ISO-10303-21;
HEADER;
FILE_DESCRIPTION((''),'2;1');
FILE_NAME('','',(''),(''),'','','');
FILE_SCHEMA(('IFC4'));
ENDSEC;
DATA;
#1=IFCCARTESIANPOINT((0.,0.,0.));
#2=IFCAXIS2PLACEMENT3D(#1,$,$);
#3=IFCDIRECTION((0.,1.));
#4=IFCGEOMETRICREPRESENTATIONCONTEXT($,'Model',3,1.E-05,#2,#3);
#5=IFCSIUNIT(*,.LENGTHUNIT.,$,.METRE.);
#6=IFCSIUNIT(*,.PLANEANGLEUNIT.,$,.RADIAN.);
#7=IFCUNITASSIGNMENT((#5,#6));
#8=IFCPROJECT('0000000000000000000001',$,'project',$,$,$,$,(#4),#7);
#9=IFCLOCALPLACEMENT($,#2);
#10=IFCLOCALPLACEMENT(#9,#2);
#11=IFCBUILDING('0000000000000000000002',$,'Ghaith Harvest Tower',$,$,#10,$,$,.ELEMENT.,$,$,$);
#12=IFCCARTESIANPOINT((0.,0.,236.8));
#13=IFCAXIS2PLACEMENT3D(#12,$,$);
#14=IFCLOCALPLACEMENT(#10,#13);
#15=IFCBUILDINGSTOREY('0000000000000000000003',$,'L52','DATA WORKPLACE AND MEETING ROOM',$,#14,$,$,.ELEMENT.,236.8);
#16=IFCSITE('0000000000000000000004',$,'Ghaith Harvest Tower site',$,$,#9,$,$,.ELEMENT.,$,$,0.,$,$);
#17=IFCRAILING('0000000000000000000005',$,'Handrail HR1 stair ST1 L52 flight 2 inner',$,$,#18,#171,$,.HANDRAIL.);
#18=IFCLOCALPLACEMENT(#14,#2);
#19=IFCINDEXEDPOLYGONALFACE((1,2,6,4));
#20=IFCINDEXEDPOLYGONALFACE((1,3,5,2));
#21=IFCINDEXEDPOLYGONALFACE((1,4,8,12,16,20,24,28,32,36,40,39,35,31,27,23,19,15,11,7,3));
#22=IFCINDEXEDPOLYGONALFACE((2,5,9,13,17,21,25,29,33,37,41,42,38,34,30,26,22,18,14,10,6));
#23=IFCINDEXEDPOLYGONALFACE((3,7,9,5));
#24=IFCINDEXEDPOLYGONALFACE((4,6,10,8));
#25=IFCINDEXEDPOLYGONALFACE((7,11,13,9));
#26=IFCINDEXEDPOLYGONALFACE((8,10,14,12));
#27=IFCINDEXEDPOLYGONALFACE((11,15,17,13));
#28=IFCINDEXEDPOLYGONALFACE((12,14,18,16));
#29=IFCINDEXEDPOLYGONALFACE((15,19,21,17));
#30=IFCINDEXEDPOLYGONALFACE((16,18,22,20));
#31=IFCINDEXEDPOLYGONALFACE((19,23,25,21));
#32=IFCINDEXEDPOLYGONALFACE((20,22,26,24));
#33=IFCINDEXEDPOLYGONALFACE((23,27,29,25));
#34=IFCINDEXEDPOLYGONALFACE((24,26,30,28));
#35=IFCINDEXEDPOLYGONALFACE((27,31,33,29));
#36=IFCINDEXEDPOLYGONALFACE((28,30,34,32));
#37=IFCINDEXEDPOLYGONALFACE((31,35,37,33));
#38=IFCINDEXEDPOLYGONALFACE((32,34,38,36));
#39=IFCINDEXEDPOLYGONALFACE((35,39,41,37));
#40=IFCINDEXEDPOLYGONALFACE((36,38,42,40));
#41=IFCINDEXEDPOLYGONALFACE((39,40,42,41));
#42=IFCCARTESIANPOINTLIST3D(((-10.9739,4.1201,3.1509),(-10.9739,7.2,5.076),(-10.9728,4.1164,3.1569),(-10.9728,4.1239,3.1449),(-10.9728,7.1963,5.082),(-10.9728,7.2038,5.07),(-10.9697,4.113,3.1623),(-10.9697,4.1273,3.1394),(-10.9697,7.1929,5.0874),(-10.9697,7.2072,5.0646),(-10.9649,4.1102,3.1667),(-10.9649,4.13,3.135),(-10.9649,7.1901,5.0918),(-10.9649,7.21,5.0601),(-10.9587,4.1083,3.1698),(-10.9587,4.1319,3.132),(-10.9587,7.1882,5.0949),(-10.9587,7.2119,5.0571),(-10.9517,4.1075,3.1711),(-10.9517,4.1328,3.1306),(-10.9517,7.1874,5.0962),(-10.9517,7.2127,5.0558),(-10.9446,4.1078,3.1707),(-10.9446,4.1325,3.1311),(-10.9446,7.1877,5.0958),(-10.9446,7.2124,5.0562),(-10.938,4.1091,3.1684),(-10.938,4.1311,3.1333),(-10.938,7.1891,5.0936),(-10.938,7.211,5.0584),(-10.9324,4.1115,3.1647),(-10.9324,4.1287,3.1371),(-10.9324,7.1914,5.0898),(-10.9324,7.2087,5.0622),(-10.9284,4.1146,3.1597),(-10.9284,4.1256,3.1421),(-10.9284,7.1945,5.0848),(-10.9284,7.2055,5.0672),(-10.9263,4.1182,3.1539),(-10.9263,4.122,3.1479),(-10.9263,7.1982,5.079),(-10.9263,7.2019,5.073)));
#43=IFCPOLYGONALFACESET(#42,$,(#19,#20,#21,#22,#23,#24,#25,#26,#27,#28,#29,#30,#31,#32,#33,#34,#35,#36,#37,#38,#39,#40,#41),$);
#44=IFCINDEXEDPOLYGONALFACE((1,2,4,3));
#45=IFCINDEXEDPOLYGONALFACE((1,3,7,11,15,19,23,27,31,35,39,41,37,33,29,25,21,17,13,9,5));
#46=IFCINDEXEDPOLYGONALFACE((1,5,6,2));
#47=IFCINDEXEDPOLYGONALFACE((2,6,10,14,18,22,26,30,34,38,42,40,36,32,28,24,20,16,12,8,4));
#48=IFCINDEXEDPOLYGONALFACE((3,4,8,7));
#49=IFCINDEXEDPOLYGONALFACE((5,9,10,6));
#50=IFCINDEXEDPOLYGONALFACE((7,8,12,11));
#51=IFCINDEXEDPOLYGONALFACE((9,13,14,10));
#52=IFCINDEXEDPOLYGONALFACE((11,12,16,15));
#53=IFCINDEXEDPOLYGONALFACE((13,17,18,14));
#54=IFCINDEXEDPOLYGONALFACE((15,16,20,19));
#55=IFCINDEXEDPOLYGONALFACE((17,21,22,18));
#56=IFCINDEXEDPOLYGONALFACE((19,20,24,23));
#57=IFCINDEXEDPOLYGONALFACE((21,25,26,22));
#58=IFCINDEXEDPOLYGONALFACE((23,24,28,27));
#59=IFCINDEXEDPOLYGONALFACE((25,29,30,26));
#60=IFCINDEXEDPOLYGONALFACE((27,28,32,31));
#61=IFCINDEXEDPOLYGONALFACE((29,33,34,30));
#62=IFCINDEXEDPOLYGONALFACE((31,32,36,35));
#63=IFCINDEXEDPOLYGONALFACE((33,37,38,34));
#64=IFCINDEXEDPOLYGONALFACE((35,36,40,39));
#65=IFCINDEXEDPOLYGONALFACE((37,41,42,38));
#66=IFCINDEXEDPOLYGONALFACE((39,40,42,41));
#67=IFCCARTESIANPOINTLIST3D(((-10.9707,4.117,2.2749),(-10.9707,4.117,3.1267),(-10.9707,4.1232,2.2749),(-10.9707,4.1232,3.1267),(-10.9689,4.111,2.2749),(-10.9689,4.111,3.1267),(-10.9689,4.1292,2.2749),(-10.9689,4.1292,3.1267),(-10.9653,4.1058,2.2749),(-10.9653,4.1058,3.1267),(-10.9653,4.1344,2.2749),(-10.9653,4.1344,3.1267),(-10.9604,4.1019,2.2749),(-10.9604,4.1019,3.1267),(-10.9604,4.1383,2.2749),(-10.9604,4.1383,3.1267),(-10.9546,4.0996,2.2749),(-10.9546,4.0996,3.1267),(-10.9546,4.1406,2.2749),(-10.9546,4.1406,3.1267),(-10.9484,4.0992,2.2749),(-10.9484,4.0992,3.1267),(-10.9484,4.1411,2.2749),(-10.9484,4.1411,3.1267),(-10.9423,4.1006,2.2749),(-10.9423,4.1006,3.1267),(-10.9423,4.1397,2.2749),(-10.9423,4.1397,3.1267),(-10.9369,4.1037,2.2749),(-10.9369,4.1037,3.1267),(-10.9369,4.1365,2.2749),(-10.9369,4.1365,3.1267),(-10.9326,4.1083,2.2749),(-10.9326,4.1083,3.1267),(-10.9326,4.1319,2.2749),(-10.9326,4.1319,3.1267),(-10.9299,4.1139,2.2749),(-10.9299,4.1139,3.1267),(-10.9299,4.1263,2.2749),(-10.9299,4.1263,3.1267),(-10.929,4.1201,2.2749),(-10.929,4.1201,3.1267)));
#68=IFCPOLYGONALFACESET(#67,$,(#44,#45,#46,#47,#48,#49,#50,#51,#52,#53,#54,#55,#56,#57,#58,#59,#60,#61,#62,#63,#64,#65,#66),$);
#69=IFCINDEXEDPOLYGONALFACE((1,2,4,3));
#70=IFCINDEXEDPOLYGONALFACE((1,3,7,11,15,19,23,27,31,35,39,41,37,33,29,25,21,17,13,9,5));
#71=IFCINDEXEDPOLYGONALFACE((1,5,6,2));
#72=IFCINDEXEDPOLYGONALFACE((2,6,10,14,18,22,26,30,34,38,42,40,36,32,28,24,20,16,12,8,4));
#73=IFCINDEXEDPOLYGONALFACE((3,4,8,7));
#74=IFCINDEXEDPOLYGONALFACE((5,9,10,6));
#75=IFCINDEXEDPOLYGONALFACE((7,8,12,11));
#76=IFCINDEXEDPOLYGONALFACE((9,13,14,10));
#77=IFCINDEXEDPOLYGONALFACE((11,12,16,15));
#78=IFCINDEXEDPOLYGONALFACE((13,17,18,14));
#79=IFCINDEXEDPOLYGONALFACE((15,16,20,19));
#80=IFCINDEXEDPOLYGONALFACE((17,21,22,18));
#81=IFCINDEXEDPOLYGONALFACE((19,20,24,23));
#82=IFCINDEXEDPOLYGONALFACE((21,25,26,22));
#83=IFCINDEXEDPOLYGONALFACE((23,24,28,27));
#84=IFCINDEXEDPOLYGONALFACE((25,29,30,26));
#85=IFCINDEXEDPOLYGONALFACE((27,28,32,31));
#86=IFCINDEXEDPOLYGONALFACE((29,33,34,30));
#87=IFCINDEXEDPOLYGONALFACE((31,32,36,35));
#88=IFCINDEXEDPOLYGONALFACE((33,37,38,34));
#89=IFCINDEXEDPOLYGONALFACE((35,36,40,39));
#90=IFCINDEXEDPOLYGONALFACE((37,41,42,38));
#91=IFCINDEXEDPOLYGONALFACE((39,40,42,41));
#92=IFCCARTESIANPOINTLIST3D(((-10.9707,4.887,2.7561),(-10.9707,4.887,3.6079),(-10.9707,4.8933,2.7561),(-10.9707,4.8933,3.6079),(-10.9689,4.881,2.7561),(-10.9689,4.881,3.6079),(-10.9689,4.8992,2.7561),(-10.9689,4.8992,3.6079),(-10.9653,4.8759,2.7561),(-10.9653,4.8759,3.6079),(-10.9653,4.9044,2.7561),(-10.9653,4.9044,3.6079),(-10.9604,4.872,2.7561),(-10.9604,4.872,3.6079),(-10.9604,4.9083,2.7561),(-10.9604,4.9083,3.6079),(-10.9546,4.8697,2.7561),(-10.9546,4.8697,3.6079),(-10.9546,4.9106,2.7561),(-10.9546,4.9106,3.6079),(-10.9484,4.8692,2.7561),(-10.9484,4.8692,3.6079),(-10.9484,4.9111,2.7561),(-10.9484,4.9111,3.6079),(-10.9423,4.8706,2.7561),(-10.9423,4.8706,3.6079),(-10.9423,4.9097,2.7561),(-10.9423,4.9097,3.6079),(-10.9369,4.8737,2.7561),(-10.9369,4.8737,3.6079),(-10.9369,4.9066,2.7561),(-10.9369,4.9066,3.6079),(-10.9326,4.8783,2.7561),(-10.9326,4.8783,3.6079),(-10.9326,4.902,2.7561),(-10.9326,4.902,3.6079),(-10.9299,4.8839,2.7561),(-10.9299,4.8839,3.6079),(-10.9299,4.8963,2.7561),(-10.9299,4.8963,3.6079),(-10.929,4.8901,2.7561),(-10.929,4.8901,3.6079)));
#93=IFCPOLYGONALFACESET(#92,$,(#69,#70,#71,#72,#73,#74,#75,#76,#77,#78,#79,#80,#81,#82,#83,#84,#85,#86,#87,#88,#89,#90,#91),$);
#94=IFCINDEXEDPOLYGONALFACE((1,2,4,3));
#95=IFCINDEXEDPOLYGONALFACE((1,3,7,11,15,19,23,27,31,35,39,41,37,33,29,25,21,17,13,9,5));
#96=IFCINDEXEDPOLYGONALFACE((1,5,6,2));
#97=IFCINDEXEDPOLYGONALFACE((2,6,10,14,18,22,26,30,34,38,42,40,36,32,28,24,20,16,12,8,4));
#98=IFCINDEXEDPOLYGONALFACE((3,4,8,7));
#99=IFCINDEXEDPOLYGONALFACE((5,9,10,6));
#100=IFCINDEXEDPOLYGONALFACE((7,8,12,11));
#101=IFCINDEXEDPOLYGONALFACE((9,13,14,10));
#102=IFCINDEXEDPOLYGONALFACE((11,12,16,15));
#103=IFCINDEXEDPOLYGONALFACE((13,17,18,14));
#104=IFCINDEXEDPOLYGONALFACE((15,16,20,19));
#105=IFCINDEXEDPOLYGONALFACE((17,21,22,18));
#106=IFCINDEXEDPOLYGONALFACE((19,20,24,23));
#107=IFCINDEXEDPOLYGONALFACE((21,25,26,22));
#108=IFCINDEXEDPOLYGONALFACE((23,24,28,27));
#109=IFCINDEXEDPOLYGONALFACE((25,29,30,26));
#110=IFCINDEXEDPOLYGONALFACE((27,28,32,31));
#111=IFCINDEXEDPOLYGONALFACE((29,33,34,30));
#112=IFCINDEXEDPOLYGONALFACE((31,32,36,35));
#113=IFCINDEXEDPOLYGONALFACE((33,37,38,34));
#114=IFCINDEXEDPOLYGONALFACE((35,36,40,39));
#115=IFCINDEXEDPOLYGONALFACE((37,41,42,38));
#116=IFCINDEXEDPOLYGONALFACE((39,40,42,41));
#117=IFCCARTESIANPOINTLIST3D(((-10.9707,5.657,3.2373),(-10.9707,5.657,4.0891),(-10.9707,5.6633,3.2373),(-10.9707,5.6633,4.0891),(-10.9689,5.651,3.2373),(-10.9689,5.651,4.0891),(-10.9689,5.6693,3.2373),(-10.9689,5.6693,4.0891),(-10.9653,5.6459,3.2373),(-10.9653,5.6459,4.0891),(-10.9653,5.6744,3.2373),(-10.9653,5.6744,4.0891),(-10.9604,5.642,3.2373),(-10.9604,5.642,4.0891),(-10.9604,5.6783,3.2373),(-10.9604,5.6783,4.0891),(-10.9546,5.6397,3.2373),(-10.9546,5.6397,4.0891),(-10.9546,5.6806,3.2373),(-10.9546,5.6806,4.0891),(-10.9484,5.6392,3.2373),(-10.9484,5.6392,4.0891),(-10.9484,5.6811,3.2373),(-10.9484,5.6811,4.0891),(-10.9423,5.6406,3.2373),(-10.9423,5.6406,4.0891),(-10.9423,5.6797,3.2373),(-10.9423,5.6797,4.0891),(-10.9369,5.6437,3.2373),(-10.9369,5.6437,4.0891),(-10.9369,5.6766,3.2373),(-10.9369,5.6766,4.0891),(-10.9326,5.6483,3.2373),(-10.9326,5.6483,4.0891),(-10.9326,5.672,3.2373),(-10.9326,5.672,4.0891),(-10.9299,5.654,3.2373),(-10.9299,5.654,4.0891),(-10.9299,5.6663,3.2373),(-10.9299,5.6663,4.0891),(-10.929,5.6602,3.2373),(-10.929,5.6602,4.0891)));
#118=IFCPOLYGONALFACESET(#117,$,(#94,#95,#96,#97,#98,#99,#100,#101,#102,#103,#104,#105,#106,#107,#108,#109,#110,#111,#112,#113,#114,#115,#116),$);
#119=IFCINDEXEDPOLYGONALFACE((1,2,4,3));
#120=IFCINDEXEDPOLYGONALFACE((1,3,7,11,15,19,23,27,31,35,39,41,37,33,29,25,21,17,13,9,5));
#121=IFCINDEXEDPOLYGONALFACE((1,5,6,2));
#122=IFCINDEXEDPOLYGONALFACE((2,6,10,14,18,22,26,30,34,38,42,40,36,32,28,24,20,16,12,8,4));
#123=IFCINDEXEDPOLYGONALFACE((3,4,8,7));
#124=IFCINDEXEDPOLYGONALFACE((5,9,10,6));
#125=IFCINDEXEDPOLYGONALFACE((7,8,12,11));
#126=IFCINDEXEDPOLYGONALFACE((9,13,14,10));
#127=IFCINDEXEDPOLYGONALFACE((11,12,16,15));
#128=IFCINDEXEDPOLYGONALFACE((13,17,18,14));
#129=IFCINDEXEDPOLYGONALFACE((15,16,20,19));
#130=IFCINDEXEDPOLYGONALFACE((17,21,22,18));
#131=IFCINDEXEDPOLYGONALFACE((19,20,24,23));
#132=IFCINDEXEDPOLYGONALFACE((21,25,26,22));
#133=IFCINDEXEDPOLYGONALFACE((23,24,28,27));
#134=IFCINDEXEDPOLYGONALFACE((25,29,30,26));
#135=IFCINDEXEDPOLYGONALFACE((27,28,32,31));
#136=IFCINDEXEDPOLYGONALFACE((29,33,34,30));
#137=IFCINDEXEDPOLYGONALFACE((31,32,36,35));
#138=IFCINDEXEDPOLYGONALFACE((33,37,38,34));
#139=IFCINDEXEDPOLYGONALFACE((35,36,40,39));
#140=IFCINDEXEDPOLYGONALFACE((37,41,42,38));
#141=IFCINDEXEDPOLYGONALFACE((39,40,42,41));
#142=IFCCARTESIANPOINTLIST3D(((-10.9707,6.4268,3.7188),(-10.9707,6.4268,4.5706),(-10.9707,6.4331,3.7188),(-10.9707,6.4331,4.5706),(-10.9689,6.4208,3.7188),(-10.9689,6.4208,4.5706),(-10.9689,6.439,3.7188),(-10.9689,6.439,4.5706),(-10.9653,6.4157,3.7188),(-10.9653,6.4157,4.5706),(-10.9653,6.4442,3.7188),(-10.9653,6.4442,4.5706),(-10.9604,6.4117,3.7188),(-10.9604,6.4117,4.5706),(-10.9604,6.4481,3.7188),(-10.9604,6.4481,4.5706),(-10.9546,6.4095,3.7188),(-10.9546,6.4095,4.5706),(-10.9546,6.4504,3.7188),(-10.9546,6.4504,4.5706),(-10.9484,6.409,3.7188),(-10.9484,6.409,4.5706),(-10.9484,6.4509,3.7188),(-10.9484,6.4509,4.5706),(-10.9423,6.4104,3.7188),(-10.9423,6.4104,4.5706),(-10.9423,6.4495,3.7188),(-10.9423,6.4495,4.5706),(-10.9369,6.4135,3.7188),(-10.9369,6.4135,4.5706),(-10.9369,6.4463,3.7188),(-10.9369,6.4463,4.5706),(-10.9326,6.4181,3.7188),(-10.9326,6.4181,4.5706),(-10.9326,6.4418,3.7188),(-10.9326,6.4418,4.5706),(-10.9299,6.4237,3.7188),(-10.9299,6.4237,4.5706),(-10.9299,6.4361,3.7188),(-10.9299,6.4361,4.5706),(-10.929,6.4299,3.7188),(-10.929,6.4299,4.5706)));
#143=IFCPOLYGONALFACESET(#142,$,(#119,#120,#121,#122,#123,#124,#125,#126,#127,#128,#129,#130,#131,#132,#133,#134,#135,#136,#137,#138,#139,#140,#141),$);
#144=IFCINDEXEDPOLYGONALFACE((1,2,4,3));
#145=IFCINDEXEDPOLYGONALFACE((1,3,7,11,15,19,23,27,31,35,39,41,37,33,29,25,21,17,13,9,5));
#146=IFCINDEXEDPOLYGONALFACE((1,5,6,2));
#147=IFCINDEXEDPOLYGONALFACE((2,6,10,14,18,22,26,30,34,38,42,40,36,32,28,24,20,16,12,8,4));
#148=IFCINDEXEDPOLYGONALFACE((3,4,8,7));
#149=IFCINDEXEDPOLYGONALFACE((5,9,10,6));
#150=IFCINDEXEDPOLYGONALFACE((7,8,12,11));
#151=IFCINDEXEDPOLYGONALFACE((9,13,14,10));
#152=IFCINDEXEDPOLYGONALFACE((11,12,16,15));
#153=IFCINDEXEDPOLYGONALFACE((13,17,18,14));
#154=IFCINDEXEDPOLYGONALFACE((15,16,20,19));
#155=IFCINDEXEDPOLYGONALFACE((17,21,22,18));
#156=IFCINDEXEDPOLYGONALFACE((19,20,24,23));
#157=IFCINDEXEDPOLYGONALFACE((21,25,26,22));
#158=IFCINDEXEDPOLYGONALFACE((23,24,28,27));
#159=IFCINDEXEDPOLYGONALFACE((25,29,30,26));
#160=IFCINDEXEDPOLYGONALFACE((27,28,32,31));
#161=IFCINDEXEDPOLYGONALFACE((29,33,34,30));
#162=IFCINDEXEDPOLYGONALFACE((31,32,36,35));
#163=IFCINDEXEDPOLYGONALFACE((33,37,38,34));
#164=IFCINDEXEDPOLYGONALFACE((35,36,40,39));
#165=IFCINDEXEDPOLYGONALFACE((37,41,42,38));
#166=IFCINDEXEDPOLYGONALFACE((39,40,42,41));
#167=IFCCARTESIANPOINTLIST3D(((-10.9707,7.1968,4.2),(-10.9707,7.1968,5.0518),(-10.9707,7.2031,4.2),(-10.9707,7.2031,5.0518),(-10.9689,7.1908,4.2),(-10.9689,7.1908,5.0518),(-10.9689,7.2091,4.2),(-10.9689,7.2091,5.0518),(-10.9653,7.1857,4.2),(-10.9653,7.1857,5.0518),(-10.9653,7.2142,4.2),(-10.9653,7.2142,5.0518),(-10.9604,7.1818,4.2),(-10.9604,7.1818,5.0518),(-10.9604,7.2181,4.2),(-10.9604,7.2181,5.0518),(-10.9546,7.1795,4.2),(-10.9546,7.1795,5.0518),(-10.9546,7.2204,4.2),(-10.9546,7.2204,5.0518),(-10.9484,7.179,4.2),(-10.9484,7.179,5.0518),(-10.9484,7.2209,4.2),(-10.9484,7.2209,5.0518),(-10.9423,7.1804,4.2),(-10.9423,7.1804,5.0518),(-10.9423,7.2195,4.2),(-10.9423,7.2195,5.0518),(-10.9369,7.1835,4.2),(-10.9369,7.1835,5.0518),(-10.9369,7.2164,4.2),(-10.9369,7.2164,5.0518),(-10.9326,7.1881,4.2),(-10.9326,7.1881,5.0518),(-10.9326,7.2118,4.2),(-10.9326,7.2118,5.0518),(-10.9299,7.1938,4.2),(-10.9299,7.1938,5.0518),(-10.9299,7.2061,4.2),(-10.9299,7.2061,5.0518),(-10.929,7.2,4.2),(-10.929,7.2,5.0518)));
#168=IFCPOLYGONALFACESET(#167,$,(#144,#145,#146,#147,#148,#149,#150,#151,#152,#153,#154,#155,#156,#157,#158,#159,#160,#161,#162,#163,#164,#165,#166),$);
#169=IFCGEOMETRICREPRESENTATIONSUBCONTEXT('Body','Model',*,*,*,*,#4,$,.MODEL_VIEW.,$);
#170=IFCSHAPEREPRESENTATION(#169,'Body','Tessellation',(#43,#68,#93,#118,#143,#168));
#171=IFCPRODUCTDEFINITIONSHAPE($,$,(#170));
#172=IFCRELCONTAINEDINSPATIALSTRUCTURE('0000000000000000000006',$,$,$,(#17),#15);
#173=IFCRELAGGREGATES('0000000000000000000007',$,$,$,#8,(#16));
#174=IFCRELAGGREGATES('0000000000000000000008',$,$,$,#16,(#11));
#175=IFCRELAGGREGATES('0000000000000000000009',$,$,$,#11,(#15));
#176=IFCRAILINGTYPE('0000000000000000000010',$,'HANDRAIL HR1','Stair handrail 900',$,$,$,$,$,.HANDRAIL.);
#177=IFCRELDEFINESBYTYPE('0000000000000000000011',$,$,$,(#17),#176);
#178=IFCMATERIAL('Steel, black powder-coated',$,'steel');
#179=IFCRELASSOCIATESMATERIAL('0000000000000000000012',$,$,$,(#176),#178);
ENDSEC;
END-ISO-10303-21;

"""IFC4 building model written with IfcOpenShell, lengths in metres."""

from ifc_helpers import new_model, si_unit, direction, frame, origin, origin_2d, place, context, subcontext, project, spatial, circle, extrude, material, type_object, element, save


model = new_model("IFC4")

# Units and contexts
model_context = context("Model", 3, precision=1e-05, world=origin(), true_north=direction((0.0, 1.0)))
body_context = subcontext(model_context, "Body", "Model", "MODEL_VIEW")
ifc_project = project(units=[si_unit("LENGTHUNIT", "METRE"), si_unit("PLANEANGLEUNIT", "RADIAN")], contexts=[model_context])

# Site, building, storey
site_placement = place(None, origin())
site = spatial("IfcSite", under=ifc_project, at=site_placement, Name="Ghaith Harvest Tower site", CompositionType="ELEMENT", RefElevation=0.0)
building_placement = place(site_placement, origin())
building = spatial("IfcBuilding", under=site, at=building_placement, Name="Ghaith Harvest Tower", CompositionType="ELEMENT")
storey_placement = place(building_placement, frame((0.0, 0.0, 236.8)))
storey = spatial("IfcBuildingStorey", under=building, at=storey_placement, Name="L52", Description="DATA WORKPLACE AND MEETING ROOM", CompositionType="ELEMENT", Elevation=236.8)

# Railing
ifc_material_1 = material(Name="Steel, black powder-coated", Category="steel")
railing_type = type_object("IfcRailingType", Name="HANDRAIL HR1", Description="Stair handrail 900", PredefinedType="HANDRAIL", material=ifc_material_1)
railing_1_placement = place(storey_placement, frame((-10.95, 4.1201, 2.2749)))
element("IfcRailing", 1, at=railing_1_placement, inside=storey, type_object=railing_type, Name="Handrail HR1 stair ST1 L52 flight 2 inner", PredefinedType="HANDRAIL", context=body_context, shape_type="SweptSolid", body=[
    extrude(circle(Radius=0.0239, at=origin_2d()), frame((0.0, 0.0, 0.876), z_axis=(0.0, 0.847979, 0.530029), x_axis=(-1.0, 0.0, 0.0)), (0.0, 0.0, 1.0), 3.6321),
    extrude(circle(Radius=0.021, at=origin_2d()), origin(), (0.0, 0.0, 1.0), 0.8518),
    extrude(circle(Radius=0.021, at=origin_2d()), frame((0.0, 0.77, 0.4812)), (0.0, 0.0, 1.0), 0.8518),
    extrude(circle(Radius=0.021, at=origin_2d()), frame((0.0, 1.54, 0.9624)), (0.0, 0.0, 1.0), 0.8518),
    extrude(circle(Radius=0.021, at=origin_2d()), frame((0.0, 2.3098, 1.4438)), (0.0, 0.0, 1.0), 0.8518),
    extrude(circle(Radius=0.021, at=origin_2d()), frame((0.0, 3.0798, 1.925)), (0.0, 0.0, 1.0), 0.8518),
])

save(model, "model.ifc")
